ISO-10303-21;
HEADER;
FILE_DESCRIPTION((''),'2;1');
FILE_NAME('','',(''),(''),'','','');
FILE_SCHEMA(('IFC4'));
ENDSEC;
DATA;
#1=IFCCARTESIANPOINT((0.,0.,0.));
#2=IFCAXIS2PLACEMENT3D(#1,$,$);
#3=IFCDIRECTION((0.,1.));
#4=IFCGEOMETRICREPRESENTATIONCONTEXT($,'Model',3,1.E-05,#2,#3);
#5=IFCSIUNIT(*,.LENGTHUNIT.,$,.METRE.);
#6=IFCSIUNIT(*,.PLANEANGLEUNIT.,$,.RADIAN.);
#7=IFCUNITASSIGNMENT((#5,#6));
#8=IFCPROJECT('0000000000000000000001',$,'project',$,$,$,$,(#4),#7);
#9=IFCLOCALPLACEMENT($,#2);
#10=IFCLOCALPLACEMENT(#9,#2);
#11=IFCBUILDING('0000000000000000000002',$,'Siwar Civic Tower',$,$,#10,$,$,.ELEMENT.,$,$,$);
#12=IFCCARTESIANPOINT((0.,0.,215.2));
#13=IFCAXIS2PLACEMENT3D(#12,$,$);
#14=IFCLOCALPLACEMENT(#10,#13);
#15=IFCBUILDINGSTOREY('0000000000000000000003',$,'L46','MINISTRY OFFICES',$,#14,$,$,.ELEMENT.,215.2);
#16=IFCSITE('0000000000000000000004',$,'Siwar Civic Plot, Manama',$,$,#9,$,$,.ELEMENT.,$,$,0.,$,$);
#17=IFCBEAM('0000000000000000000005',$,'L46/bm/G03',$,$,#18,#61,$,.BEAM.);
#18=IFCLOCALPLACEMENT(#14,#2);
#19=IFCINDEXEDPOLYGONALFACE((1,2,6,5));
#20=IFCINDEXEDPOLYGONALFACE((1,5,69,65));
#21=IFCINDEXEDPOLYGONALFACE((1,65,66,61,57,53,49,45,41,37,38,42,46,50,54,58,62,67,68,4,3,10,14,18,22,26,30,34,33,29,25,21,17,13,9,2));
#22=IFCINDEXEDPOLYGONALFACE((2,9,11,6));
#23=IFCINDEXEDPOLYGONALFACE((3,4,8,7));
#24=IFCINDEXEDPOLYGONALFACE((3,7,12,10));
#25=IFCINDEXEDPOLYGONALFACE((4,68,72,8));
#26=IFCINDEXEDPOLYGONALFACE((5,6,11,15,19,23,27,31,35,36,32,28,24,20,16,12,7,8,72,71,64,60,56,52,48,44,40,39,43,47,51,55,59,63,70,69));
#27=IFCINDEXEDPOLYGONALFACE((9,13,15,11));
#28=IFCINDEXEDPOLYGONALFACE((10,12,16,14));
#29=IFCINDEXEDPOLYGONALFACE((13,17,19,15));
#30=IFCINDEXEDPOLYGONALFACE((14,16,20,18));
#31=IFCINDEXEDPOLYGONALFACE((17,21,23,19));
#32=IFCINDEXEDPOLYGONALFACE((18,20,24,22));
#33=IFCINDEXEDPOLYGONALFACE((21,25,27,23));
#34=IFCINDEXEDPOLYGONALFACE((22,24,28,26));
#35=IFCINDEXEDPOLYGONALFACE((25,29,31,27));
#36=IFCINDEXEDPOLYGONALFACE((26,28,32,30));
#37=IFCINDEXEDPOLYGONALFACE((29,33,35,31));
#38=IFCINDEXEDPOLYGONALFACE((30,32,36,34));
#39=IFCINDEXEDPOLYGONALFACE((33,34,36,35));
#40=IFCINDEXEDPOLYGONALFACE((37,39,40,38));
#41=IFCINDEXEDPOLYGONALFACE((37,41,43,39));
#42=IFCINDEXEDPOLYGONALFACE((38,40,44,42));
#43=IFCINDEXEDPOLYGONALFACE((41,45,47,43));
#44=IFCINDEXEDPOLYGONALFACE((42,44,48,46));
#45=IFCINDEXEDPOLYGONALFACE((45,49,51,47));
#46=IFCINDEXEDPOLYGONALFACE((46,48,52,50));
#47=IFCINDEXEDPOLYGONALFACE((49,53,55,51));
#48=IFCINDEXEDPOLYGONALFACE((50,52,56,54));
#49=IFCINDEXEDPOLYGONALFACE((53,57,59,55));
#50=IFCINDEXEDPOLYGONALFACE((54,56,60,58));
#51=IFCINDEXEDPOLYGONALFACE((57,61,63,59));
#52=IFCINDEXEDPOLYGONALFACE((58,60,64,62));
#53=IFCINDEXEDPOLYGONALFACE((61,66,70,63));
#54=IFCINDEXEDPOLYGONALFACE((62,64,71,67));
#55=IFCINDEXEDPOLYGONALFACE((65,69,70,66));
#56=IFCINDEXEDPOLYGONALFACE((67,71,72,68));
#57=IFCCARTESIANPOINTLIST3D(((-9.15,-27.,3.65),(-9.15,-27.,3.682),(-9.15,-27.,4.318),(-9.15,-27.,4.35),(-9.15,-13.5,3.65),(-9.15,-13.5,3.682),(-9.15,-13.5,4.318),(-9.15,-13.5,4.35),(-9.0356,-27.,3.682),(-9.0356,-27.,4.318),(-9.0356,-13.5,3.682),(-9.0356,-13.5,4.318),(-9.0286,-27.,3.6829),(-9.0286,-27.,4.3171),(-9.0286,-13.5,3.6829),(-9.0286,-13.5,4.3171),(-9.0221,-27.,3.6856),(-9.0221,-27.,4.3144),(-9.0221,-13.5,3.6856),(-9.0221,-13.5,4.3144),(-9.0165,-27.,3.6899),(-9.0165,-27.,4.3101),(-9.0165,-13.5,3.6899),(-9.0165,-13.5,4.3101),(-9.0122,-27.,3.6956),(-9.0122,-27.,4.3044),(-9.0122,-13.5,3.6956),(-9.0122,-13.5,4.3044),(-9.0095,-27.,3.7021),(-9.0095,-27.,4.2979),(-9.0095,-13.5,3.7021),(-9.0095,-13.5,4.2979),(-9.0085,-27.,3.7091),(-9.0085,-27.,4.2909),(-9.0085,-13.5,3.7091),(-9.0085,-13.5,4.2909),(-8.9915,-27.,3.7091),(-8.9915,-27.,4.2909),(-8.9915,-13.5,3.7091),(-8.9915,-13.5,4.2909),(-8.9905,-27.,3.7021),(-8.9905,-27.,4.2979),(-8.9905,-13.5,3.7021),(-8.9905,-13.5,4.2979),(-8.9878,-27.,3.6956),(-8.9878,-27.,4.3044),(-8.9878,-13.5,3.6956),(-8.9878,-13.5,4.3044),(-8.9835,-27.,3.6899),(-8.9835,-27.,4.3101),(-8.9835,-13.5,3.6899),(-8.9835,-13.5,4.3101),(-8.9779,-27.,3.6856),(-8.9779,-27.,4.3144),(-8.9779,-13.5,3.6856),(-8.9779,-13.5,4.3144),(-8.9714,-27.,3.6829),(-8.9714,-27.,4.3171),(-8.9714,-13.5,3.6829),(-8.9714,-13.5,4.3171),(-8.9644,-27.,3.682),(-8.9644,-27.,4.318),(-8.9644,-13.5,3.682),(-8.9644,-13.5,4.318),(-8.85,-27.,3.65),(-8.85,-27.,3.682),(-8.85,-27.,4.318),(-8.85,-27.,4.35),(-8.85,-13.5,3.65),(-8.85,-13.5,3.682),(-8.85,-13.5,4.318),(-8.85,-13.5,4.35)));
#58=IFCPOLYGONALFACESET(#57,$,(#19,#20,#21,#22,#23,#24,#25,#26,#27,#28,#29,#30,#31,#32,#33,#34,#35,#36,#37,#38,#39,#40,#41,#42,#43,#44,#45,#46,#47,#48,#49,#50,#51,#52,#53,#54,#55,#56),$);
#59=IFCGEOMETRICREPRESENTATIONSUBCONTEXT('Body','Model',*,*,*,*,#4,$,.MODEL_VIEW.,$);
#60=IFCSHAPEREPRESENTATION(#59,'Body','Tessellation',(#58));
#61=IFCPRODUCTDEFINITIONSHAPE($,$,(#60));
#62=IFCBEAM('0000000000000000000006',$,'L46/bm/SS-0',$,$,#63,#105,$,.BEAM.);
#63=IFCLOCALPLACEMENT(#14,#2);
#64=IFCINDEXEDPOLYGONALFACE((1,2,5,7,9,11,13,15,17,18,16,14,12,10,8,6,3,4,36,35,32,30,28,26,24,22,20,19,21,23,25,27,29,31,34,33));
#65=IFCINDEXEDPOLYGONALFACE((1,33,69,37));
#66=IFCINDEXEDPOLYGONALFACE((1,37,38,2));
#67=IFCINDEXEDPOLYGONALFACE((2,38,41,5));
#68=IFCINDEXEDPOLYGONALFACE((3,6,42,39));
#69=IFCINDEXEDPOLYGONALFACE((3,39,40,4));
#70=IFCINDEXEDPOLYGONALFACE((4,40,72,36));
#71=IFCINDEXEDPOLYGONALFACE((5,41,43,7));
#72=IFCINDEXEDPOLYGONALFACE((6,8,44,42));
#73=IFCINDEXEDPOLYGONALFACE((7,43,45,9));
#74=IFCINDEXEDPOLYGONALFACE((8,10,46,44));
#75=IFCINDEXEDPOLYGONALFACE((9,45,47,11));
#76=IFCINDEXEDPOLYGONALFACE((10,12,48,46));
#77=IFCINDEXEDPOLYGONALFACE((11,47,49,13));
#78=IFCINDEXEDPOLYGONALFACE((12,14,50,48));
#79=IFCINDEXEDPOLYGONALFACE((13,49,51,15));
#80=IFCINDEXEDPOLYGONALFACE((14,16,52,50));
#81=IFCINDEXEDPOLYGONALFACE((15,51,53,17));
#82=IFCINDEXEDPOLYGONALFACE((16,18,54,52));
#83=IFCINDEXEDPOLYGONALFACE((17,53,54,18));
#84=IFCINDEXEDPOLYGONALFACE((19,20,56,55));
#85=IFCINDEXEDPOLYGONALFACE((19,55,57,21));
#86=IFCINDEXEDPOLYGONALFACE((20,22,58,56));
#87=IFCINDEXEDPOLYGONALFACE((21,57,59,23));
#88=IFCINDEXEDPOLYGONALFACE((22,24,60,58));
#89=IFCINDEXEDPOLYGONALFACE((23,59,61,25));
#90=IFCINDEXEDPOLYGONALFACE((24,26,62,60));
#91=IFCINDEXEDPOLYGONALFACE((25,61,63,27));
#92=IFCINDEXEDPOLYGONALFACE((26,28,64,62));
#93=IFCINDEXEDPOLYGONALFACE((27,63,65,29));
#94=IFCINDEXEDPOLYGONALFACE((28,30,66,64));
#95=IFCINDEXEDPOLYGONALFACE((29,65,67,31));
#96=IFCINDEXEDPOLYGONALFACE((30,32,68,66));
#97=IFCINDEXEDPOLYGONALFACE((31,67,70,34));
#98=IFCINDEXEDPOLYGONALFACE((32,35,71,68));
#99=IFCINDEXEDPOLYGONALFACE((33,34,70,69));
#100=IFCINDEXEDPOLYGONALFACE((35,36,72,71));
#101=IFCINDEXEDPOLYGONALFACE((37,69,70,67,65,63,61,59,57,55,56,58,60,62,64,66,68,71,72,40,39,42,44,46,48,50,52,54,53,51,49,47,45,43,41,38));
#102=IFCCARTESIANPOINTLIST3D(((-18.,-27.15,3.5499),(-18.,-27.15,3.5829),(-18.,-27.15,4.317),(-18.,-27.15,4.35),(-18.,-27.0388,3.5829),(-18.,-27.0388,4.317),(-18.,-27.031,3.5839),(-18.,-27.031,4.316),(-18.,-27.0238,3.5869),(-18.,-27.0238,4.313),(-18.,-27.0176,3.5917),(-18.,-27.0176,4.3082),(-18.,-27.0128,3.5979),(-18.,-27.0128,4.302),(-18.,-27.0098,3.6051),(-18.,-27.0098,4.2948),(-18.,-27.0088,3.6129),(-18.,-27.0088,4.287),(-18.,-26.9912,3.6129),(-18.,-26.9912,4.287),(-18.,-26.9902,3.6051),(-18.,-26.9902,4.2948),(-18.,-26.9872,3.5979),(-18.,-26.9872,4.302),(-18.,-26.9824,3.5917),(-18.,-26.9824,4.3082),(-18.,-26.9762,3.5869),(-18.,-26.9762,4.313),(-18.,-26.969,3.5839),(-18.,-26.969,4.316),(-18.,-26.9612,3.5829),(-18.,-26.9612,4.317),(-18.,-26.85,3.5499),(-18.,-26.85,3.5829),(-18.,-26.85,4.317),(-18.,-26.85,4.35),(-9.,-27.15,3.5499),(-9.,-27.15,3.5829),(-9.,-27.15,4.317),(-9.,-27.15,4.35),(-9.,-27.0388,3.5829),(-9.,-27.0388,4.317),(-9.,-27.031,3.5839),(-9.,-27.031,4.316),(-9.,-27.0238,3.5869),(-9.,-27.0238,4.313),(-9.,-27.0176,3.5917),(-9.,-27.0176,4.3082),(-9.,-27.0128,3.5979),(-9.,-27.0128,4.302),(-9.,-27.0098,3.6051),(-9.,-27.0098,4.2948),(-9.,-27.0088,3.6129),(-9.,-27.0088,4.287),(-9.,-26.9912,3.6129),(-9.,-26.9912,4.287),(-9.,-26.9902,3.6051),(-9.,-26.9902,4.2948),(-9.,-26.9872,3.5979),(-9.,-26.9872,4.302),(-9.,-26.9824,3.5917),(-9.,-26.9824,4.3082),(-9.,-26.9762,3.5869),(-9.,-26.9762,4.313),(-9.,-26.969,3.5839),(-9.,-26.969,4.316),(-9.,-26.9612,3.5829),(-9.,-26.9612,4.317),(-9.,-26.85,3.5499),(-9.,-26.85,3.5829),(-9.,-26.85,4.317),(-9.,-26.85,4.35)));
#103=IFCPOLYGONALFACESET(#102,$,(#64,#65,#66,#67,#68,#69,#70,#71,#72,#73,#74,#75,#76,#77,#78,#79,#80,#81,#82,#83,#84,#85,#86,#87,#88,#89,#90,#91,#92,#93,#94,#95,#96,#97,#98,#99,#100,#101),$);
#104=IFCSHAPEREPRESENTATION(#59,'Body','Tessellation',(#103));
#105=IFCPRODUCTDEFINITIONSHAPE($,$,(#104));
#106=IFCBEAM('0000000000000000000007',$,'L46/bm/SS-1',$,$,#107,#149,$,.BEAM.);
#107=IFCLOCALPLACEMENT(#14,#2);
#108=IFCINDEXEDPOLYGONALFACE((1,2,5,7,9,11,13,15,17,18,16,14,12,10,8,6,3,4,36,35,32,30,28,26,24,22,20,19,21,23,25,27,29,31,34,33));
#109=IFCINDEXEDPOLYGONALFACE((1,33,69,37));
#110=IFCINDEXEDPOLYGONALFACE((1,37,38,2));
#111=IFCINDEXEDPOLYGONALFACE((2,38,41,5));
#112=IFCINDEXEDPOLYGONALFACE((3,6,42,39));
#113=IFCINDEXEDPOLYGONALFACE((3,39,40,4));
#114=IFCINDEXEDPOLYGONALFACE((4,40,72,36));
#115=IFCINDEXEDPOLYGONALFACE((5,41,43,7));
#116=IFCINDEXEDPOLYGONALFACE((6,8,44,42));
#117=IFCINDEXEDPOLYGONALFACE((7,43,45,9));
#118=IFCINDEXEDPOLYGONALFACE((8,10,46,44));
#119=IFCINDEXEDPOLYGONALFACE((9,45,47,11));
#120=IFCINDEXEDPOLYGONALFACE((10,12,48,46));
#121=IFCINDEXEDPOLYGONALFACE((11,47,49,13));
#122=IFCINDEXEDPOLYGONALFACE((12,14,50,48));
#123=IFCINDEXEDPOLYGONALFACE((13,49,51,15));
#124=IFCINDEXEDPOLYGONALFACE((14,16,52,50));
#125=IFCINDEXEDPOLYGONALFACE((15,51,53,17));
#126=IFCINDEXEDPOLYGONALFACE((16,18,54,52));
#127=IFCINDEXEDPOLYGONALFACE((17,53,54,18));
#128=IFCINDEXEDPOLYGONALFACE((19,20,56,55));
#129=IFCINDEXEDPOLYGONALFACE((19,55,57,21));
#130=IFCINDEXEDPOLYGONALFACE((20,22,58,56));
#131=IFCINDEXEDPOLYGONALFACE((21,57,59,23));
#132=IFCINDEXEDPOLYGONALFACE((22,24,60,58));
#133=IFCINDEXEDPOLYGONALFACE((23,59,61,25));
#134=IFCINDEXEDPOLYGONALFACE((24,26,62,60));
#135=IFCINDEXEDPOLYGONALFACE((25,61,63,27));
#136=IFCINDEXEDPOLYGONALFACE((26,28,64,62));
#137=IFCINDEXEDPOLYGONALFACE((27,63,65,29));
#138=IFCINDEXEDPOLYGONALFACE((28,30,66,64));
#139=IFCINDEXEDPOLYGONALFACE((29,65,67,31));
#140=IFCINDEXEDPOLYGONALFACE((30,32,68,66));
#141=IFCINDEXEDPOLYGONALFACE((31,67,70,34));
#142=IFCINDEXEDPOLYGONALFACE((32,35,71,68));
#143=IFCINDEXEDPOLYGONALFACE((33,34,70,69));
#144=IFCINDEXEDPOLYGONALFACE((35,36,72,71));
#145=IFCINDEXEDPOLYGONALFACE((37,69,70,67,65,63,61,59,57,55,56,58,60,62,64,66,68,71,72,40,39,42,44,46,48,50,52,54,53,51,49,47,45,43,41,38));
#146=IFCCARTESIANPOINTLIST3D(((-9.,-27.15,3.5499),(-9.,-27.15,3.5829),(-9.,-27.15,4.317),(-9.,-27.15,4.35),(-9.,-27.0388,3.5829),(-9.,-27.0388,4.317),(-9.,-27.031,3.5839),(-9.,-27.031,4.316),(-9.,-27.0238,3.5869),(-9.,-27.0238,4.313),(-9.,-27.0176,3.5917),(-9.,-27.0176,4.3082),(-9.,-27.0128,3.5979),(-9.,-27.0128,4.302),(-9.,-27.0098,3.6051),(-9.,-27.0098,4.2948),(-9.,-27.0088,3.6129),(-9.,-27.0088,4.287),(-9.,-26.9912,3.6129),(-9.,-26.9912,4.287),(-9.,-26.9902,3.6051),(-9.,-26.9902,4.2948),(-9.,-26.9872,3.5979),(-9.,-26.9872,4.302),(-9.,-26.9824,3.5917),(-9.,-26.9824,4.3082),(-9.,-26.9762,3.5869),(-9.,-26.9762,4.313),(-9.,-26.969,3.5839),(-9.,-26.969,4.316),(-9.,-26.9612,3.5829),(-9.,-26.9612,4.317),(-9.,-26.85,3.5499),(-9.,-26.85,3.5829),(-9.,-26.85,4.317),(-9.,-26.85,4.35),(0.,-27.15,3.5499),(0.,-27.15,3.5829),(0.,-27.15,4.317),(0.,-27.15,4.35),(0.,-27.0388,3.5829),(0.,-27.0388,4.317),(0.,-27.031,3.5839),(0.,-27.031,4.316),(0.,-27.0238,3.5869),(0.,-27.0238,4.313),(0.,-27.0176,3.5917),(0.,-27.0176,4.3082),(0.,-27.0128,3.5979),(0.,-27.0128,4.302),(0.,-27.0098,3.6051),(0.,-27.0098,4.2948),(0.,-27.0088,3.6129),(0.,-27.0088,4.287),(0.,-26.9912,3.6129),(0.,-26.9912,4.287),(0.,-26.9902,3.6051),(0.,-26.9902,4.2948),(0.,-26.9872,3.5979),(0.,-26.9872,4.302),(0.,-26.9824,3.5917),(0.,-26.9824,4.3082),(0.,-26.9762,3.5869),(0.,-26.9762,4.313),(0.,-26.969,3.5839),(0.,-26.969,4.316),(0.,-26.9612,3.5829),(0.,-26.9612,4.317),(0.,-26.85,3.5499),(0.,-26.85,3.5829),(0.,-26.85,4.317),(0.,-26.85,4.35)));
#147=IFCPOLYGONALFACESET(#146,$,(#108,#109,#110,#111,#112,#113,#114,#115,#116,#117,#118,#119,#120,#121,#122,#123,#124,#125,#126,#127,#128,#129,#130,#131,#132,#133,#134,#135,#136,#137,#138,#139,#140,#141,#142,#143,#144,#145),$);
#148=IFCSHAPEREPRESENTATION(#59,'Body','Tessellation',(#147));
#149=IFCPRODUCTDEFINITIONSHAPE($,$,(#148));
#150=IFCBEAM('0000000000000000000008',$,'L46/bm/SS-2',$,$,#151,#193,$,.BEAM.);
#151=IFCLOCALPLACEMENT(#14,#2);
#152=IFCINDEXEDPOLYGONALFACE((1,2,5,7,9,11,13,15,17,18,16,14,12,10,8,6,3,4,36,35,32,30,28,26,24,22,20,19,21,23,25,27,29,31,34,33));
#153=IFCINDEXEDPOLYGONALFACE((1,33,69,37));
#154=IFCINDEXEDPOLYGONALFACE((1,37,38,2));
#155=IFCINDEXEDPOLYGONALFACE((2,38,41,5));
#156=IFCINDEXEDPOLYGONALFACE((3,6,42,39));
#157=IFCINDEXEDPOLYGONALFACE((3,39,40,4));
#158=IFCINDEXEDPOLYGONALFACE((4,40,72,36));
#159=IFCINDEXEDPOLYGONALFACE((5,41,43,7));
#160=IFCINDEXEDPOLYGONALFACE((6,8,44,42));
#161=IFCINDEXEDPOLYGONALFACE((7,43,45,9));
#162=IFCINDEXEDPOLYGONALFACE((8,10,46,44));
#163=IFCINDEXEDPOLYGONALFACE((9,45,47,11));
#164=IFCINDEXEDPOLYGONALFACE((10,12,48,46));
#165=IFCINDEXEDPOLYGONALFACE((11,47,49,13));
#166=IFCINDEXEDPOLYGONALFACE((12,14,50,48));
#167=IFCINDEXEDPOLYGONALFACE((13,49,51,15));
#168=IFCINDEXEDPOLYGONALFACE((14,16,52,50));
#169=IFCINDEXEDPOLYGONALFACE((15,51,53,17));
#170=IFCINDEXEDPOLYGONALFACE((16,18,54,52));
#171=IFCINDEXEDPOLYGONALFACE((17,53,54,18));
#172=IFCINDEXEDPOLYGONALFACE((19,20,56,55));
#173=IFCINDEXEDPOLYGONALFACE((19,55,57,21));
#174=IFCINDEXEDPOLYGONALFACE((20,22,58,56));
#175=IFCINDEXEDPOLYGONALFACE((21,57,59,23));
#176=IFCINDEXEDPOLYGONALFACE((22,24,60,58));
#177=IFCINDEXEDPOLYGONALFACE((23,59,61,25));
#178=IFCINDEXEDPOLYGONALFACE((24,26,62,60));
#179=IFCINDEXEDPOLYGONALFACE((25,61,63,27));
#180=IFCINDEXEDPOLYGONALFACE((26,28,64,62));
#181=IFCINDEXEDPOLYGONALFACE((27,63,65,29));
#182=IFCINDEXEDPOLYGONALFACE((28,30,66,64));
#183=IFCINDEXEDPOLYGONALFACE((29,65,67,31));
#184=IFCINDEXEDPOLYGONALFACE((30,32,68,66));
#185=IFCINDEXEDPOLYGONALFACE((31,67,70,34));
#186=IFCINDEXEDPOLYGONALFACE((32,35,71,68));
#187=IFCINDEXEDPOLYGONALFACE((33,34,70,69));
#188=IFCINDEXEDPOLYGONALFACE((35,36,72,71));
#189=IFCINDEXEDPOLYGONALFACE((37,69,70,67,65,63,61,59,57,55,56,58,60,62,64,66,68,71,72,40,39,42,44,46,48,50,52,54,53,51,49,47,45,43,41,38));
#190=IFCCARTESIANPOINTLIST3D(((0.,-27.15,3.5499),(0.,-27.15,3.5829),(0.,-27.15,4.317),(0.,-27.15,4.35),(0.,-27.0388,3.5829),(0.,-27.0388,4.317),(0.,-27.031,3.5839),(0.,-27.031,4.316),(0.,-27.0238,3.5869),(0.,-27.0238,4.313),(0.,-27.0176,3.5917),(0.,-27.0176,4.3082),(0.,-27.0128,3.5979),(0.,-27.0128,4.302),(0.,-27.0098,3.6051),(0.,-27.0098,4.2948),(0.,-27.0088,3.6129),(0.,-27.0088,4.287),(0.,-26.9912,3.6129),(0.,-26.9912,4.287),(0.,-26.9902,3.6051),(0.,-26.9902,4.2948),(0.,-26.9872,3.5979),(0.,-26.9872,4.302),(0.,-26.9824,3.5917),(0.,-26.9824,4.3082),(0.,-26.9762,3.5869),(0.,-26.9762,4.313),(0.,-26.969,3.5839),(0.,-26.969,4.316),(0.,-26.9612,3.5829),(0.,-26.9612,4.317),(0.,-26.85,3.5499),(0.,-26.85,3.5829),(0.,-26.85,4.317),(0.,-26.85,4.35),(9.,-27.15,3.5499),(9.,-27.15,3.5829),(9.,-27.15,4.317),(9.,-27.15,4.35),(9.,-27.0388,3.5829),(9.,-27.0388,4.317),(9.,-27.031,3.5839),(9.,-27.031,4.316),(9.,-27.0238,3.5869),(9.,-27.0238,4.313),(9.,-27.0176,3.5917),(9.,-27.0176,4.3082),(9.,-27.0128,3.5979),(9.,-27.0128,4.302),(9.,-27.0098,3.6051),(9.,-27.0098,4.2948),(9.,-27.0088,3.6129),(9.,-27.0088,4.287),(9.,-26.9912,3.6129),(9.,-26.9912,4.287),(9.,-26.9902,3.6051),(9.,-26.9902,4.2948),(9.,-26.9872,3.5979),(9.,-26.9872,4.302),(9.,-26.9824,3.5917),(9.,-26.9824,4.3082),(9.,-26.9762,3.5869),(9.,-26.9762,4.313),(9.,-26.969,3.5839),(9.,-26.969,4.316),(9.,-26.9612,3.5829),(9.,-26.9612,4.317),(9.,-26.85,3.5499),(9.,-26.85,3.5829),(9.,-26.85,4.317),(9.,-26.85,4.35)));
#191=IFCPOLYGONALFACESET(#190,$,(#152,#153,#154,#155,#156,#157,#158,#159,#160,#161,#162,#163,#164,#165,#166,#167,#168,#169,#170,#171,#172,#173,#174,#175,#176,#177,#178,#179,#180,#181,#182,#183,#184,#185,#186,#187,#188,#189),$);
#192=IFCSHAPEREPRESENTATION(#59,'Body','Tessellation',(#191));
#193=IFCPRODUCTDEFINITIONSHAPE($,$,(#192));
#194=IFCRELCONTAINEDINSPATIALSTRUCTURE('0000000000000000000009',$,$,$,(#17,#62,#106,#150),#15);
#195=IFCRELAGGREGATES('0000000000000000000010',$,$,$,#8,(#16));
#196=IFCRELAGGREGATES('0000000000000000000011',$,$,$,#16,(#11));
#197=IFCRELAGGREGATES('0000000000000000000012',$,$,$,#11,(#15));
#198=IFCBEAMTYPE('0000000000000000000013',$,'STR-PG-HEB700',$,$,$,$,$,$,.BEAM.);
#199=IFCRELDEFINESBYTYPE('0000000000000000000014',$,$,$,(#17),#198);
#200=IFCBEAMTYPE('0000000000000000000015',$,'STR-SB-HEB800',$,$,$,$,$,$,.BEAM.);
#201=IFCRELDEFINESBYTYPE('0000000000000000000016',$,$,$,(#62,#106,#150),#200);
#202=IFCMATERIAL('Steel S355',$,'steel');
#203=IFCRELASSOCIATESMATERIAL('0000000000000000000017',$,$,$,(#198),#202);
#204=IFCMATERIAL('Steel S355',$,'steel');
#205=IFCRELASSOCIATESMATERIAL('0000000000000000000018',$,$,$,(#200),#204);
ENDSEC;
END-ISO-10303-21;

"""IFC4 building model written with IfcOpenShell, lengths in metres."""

from ifc_helpers import new_model, si_unit, direction, frame, origin, origin_2d, place, context, subcontext, project, spatial, i_section, extrude, material, material_profile, profile_set, type_object, element, save


model = new_model("IFC4")

# Units and contexts
model_context = context("Model", 3, precision=1e-05, world=origin(), true_north=direction((0.0, 1.0)))
body_context = subcontext(model_context, "Body", "Model", "MODEL_VIEW")
ifc_project = project(units=[si_unit("LENGTHUNIT", "METRE"), si_unit("PLANEANGLEUNIT", "RADIAN")], contexts=[model_context])

# Site, building, storey
site_placement = place(None, origin())
site = spatial("IfcSite", under=ifc_project, at=site_placement, Name="Siwar Civic Plot, Manama", CompositionType="ELEMENT", RefElevation=0.0)
building_placement = place(site_placement, origin())
building = spatial("IfcBuilding", under=site, at=building_placement, Name="Siwar Civic Tower", CompositionType="ELEMENT")
storey_placement = place(building_placement, frame((0.0, 0.0, 215.2)))
storey = spatial("IfcBuildingStorey", under=building, at=storey_placement, Name="L46", Description="MINISTRY OFFICES", CompositionType="ELEMENT", Elevation=215.2)

# Beams
ifc_material_1 = material(Name="Steel S355", Category="steel")
ifc_material_profile_1 = material_profile(ifc_material_1, i_section(OverallWidth=0.3, OverallDepth=0.7, WebThickness=0.0171, FlangeThickness=0.032, FilletRadius=0.0271, at=origin_2d()), Name="HEB700")
ifc_profile_set_1 = profile_set([ifc_material_profile_1], Name="Steel S355")
beam_type_1 = type_object("IfcBeamType", Name="STR-PG-HEB700", PredefinedType="BEAM", material=ifc_profile_set_1)
for number, where, z_axis, x_axis, name in (
    (1, (-9.0, -27.0, 4.0), (0.0, 1.0, 0.0), (-1.0, 0.0, 0.0), "L46/bm/G03"),
):
    element("IfcBeam", number, at=place(storey_placement, frame(where, z_axis=z_axis, x_axis=x_axis)), inside=storey, type_object=beam_type_1, Name=name, PredefinedType="BEAM", context=body_context, shape_type="SweptSolid", body=[
        extrude(i_section(OverallWidth=0.3, OverallDepth=0.7, WebThickness=0.0171, FlangeThickness=0.032, FilletRadius=0.0271, at=origin_2d()), origin(), (0.0, 0.0, 1.0), 13.5),
    ])
ifc_material_2 = material(Name="Steel S355", Category="steel")
ifc_material_profile_2 = material_profile(ifc_material_2, i_section(OverallWidth=0.3, OverallDepth=0.8, WebThickness=0.0176, FlangeThickness=0.033, FilletRadius=0.03, at=origin_2d()), Name="HEB800")
ifc_profile_set_2 = profile_set([ifc_material_profile_2], Name="Steel S355")
beam_type_2 = type_object("IfcBeamType", Name="STR-SB-HEB800", PredefinedType="BEAM", material=ifc_profile_set_2)
for number, where, z_axis, x_axis, name in (
    (2, (-18.0, -27.0, 3.95), (1.0, 0.0, 0.0), (0.0, 1.0, 0.0), "L46/bm/SS-0"),
    (3, (-9.0, -27.0, 3.95), (1.0, 0.0, 0.0), (0.0, 1.0, 0.0), "L46/bm/SS-1"),
    (4, (0.0, -27.0, 3.95), (1.0, 0.0, 0.0), (0.0, 1.0, 0.0), "L46/bm/SS-2"),
):
    element("IfcBeam", number, at=place(storey_placement, frame(where, z_axis=z_axis, x_axis=x_axis)), inside=storey, type_object=beam_type_2, Name=name, PredefinedType="BEAM", context=body_context, shape_type="SweptSolid", body=[
        extrude(i_section(OverallWidth=0.3, OverallDepth=0.8, WebThickness=0.0176, FlangeThickness=0.033, FilletRadius=0.03, at=origin_2d()), origin(), (0.0, 0.0, 1.0), 9.0),
    ])

save(model, "model.ifc")
